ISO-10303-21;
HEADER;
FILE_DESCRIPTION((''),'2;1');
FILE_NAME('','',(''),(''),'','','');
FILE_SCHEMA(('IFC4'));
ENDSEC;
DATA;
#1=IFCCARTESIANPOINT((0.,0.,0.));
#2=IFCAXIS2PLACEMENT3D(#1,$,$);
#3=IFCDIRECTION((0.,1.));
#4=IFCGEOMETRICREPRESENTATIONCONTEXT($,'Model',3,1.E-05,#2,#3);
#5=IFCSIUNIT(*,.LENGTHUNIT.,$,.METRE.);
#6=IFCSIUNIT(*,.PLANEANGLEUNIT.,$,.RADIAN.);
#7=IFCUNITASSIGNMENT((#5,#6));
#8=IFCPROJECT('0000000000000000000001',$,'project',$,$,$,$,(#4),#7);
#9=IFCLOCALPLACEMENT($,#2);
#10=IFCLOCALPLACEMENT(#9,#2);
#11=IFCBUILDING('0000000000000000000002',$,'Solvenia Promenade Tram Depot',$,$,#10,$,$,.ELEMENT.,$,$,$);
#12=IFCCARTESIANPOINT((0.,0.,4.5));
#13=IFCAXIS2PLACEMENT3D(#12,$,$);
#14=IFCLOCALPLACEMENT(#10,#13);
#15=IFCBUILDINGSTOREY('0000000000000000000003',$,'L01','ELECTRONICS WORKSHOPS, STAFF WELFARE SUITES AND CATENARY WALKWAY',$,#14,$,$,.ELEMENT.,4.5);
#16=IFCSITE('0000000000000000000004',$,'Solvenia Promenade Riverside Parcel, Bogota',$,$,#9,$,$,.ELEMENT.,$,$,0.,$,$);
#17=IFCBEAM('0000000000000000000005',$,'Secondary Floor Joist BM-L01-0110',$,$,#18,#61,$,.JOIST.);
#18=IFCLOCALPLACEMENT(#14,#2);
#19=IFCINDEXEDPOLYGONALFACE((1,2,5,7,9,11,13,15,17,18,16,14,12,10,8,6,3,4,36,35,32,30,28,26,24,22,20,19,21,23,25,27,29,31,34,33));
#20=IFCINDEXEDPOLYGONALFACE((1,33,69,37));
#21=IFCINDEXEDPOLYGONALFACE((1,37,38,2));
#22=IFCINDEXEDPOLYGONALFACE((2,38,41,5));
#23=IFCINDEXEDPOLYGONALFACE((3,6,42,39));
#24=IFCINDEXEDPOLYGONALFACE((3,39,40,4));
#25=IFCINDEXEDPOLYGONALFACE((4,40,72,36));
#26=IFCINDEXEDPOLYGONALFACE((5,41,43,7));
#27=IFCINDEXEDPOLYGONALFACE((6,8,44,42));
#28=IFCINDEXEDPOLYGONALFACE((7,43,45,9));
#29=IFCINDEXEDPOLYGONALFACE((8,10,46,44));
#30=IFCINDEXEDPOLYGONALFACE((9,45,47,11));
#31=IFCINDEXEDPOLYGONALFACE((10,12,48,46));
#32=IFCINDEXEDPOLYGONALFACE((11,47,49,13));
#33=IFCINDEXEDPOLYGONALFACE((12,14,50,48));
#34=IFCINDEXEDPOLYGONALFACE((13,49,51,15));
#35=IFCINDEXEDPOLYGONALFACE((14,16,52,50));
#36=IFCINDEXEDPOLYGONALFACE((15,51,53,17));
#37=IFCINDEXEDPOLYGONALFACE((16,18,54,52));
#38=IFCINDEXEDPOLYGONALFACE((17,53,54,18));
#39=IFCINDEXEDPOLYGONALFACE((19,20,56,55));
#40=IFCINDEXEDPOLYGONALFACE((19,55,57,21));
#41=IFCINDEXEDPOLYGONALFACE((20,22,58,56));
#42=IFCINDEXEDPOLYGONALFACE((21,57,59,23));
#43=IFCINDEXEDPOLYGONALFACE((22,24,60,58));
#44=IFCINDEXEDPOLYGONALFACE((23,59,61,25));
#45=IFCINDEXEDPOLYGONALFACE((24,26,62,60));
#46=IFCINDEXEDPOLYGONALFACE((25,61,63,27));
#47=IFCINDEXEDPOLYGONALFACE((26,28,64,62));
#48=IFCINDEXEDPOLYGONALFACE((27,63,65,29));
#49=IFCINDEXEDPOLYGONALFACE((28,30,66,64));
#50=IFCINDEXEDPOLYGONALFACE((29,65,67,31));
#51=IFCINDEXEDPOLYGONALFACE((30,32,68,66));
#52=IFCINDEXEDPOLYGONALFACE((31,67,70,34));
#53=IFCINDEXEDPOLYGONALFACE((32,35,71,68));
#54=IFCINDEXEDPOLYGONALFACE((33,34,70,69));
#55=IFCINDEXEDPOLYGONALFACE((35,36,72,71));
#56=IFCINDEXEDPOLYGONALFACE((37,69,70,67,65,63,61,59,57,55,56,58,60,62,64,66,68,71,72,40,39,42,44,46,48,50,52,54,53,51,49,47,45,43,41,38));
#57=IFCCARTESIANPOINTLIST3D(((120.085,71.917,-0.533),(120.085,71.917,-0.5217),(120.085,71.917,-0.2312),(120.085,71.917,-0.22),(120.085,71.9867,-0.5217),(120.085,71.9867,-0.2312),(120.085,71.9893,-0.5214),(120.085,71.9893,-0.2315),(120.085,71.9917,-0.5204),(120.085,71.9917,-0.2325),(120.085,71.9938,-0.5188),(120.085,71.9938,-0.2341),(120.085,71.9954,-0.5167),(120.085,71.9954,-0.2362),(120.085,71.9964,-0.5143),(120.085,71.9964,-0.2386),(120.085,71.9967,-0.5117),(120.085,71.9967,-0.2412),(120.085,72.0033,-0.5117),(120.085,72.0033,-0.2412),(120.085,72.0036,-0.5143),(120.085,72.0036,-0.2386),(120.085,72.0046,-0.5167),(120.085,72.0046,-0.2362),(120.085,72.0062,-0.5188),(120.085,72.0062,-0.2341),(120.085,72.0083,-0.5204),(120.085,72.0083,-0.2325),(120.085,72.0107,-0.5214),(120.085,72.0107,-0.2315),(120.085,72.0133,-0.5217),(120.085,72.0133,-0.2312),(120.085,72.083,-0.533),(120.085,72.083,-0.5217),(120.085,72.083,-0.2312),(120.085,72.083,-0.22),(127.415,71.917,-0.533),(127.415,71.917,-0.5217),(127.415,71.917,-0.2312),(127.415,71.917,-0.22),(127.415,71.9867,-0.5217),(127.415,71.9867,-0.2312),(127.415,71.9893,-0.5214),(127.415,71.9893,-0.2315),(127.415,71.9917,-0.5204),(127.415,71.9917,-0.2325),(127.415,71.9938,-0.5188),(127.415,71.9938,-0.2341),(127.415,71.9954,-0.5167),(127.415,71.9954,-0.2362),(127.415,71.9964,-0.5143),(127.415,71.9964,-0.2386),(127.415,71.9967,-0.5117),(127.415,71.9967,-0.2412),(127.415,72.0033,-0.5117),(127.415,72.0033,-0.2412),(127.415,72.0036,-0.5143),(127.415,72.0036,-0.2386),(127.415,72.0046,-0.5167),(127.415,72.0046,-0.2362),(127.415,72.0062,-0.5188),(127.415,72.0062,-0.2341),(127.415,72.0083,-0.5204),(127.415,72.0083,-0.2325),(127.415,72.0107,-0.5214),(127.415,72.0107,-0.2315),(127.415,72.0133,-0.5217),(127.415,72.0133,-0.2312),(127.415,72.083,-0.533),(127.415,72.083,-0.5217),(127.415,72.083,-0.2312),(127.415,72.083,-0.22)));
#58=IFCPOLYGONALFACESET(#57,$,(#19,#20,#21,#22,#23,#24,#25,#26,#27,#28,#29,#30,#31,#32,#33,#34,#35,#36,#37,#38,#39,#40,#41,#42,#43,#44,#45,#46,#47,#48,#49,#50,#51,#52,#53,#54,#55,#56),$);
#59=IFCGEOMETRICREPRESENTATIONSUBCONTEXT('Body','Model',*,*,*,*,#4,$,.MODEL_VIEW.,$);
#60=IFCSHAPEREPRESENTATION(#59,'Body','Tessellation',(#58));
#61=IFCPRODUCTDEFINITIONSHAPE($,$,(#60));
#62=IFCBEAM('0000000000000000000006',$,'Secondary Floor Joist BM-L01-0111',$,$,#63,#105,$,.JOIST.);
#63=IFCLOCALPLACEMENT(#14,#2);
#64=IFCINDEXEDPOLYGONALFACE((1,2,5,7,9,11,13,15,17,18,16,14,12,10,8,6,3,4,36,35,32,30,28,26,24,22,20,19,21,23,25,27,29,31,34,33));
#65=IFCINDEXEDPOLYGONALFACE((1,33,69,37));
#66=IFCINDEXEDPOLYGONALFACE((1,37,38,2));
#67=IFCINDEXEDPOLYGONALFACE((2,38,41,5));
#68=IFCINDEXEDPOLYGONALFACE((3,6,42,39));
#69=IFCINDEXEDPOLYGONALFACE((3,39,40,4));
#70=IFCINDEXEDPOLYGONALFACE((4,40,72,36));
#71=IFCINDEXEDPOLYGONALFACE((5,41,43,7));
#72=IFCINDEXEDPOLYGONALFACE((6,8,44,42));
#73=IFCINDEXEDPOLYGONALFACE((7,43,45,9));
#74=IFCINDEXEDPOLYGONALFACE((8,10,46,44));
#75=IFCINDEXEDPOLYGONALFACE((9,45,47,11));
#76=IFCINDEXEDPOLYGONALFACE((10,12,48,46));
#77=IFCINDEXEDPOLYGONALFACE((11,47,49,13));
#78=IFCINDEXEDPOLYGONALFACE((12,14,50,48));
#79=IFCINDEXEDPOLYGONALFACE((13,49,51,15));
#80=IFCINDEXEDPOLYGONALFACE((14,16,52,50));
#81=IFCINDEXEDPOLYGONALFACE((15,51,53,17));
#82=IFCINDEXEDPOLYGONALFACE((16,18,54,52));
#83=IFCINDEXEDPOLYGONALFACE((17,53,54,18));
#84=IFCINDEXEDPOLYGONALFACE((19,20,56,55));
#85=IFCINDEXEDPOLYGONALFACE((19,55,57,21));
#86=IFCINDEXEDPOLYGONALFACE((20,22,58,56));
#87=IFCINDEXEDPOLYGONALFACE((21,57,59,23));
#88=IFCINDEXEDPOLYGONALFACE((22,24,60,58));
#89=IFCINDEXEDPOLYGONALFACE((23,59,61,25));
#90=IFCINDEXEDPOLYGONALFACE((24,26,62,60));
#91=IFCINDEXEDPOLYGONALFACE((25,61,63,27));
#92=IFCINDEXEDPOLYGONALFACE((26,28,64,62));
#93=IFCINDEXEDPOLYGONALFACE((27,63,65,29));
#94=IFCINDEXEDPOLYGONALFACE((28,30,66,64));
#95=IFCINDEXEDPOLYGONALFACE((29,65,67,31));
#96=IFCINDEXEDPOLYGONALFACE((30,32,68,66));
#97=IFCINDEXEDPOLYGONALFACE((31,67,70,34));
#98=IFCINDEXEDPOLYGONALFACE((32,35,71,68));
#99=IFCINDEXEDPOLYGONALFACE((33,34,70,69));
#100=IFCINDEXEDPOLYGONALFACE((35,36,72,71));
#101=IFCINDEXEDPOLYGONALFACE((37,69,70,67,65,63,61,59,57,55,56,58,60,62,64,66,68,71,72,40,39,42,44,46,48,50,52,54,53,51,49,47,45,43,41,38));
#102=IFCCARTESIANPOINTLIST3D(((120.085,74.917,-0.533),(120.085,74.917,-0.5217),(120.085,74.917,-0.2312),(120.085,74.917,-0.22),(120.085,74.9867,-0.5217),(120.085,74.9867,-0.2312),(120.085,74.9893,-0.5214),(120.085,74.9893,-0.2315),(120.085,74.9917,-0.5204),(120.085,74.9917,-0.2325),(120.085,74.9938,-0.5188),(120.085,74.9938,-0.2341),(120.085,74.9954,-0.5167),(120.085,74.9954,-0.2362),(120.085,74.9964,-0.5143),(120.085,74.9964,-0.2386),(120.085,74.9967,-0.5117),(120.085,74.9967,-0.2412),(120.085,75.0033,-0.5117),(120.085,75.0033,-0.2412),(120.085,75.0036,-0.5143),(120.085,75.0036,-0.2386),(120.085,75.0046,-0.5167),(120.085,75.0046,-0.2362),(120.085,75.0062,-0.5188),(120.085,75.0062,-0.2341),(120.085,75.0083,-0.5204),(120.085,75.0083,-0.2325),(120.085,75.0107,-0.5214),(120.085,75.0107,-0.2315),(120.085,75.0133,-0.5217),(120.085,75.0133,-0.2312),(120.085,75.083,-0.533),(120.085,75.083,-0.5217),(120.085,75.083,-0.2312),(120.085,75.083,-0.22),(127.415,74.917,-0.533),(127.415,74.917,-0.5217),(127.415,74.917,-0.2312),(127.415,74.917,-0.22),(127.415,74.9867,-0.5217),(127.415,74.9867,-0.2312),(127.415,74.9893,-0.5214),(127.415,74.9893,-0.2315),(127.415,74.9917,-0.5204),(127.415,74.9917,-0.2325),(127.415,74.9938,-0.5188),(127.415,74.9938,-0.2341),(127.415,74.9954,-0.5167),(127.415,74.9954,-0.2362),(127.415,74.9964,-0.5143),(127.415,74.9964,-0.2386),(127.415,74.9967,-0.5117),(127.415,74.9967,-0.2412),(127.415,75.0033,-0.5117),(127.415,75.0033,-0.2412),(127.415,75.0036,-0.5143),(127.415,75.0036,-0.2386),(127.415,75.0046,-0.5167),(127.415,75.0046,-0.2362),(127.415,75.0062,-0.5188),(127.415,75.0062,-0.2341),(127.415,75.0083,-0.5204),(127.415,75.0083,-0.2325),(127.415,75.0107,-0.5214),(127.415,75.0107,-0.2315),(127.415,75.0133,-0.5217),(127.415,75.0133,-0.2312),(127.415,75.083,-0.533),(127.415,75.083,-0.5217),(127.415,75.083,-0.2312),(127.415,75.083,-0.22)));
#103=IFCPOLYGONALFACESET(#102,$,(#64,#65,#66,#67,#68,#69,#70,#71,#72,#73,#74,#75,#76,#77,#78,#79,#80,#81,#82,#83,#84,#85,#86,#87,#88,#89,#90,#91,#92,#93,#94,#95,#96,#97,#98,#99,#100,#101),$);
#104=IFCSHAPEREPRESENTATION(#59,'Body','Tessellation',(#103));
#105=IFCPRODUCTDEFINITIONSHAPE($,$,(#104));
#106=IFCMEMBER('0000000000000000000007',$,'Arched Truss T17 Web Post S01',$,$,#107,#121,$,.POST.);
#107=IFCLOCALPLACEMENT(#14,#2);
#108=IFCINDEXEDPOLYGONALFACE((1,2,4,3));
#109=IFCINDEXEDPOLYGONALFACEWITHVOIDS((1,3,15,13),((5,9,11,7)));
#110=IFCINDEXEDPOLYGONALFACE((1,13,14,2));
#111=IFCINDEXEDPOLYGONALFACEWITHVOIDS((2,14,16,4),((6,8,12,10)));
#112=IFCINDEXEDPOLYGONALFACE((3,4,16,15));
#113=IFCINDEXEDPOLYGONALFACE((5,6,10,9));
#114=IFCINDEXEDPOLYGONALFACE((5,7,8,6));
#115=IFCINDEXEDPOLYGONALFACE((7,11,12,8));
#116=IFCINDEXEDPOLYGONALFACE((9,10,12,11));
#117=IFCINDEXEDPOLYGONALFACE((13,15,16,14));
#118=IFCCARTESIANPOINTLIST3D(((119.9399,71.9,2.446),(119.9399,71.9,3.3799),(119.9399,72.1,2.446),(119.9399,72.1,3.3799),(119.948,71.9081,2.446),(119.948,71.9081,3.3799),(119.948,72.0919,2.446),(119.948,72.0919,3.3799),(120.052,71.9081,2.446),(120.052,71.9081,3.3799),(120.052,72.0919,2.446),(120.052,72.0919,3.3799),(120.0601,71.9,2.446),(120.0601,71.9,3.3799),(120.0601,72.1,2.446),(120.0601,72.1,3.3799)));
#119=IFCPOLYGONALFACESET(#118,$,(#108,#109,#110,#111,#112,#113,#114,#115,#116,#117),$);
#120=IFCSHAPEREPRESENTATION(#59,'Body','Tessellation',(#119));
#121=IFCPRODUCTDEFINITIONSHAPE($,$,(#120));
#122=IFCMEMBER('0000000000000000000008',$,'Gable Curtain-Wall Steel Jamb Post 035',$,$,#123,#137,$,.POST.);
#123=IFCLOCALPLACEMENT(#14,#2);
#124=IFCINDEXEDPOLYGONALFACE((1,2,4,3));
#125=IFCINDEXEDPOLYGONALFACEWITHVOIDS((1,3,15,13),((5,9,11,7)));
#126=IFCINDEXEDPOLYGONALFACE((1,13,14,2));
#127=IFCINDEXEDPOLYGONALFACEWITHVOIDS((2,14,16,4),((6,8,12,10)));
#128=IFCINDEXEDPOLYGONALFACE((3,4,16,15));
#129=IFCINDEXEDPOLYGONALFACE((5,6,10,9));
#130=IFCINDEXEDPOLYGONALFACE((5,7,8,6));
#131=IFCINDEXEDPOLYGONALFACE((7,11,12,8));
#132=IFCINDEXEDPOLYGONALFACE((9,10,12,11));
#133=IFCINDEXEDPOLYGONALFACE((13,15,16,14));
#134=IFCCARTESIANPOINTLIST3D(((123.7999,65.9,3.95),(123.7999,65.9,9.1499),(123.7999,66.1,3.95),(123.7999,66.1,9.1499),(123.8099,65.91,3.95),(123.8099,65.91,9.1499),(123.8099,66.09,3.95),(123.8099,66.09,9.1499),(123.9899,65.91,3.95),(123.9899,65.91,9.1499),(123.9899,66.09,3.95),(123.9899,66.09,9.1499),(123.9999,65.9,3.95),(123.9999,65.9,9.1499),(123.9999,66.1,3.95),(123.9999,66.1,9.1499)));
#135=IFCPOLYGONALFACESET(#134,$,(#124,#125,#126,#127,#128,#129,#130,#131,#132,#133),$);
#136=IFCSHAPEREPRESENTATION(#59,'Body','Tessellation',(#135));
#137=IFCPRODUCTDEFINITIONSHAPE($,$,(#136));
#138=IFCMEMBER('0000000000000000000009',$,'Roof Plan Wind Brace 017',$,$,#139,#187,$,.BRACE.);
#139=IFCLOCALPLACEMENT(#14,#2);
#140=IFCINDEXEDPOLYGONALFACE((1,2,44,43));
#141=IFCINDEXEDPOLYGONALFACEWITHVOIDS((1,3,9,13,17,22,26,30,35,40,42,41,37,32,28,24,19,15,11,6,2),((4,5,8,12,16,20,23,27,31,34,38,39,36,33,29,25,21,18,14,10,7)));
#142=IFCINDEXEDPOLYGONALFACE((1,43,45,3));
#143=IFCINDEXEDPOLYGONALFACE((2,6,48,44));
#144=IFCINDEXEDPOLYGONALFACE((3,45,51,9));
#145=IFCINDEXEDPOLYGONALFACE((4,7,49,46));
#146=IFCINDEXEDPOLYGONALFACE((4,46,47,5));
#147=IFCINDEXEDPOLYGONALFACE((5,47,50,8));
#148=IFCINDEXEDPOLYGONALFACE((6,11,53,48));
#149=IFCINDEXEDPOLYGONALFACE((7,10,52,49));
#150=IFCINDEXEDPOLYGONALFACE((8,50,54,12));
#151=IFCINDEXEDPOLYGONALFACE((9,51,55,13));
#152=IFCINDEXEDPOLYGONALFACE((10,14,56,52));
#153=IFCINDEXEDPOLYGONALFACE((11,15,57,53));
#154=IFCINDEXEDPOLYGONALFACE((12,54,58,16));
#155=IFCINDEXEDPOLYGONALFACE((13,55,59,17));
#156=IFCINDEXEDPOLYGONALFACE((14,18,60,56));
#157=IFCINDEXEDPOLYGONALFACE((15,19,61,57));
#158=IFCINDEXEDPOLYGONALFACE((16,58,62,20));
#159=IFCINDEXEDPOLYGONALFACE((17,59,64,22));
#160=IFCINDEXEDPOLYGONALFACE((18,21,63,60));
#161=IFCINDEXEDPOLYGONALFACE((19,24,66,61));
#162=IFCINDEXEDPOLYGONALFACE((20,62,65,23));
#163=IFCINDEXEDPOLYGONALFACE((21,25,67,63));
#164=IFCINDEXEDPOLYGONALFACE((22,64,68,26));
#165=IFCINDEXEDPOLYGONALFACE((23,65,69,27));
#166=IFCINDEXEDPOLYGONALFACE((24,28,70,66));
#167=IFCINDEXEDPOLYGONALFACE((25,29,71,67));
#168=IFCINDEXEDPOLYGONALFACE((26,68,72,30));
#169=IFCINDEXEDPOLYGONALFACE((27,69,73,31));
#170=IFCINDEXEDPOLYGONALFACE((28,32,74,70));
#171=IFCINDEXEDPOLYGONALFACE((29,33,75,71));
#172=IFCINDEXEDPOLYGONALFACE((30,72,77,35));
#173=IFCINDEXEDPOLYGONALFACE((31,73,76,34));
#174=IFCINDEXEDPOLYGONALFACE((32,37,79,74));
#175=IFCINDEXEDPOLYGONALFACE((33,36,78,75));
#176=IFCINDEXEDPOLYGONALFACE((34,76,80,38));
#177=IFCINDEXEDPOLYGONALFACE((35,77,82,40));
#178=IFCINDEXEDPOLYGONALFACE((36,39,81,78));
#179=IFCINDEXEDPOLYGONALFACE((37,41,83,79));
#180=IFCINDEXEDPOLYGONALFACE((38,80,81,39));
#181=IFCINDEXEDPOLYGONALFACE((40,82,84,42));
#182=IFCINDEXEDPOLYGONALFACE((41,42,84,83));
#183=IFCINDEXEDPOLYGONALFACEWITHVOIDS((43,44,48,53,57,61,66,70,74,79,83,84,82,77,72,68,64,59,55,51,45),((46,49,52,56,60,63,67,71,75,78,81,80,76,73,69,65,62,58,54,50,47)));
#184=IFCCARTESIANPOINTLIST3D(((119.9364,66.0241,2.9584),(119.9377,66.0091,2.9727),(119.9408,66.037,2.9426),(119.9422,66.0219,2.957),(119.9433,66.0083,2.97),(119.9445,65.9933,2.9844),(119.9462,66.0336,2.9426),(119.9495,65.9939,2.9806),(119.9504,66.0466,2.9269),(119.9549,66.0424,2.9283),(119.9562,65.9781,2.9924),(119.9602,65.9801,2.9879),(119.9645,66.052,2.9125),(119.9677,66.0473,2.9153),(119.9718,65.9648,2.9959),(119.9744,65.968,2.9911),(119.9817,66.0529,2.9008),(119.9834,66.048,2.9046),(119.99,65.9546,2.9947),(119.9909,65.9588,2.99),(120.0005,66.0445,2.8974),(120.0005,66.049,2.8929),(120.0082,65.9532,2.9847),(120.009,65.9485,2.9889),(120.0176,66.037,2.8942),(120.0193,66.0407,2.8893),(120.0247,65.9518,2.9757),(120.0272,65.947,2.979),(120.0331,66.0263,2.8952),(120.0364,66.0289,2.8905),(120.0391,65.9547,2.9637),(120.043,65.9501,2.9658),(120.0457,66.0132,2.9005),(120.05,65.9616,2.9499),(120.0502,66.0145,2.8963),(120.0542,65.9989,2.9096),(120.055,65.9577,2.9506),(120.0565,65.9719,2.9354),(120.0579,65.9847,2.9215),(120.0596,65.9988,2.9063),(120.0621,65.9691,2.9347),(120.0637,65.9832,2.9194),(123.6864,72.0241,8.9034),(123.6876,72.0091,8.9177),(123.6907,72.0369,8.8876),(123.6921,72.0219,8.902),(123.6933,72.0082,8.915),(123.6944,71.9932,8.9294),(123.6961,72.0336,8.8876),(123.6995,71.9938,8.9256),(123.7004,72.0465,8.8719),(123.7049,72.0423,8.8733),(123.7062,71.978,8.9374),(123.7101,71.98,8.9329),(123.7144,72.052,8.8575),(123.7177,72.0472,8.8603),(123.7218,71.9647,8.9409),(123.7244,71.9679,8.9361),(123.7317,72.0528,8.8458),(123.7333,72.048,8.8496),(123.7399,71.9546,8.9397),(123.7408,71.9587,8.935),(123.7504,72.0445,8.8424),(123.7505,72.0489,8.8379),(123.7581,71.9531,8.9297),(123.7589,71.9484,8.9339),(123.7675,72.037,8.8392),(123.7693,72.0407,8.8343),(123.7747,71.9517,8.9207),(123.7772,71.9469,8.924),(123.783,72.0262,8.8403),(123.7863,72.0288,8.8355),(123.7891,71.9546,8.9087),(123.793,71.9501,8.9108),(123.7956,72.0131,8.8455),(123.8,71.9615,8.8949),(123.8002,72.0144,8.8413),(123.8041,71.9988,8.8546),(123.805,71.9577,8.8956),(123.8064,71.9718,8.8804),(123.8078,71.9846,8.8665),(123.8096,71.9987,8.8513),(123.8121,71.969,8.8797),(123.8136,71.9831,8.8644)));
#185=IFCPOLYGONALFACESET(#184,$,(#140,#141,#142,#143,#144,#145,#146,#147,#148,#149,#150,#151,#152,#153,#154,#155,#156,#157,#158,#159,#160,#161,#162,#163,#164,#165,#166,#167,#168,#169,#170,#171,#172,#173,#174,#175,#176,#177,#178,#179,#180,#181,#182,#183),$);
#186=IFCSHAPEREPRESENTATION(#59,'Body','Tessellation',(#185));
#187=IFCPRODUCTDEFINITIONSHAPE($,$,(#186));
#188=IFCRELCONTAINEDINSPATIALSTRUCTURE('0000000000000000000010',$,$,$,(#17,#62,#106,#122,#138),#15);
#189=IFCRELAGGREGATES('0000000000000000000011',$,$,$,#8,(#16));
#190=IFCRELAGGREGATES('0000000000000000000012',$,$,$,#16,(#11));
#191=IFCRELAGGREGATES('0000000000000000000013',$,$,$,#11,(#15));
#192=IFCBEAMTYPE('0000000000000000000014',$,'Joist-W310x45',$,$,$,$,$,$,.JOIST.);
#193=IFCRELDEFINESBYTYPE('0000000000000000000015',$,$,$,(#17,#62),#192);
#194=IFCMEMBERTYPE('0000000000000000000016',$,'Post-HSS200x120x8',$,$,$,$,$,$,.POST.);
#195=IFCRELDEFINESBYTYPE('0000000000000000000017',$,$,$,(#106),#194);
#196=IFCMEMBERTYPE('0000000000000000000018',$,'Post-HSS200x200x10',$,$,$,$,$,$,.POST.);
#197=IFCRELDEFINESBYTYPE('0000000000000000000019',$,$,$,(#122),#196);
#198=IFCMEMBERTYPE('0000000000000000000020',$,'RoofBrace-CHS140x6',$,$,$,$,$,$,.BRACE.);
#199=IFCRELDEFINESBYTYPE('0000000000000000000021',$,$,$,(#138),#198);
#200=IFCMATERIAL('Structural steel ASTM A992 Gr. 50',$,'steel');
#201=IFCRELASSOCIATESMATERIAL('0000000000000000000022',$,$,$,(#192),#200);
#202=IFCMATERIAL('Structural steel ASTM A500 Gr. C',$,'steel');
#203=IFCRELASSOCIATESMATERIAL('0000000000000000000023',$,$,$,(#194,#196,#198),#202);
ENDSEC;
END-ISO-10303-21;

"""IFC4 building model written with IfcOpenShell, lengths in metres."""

from ifc_helpers import new_model, si_unit, direction, frame, origin, origin_2d, place, context, subcontext, project, spatial, hollow_rectangle, hollow_circle, i_section, extrude, material, material_profile, profile_set, type_object, element, save


model = new_model("IFC4")

# Units and contexts
model_context = context("Model", 3, precision=1e-05, world=origin(), true_north=direction((0.0, 1.0)))
body_context = subcontext(model_context, "Body", "Model", "MODEL_VIEW")
ifc_project = project(units=[si_unit("LENGTHUNIT", "METRE"), si_unit("PLANEANGLEUNIT", "RADIAN")], contexts=[model_context])

# Site, building, storey
site_placement = place(None, origin())
site = spatial("IfcSite", under=ifc_project, at=site_placement, Name="Solvenia Promenade Riverside Parcel, Bogota", CompositionType="ELEMENT", RefElevation=0.0)
building_placement = place(site_placement, origin())
building = spatial("IfcBuilding", under=site, at=building_placement, Name="Solvenia Promenade Tram Depot", CompositionType="ELEMENT")
storey_placement = place(building_placement, frame((0.0, 0.0, 4.5)))
storey = spatial("IfcBuildingStorey", under=building, at=storey_placement, Name="L01", Description="ELECTRONICS WORKSHOPS, STAFF WELFARE SUITES AND CATENARY WALKWAY", CompositionType="ELEMENT", Elevation=4.5)

# Shared definitions
ifc_material_1 = material(Name="Structural steel ASTM A992 Gr. 50", Category="steel")

# Shared definitions
ifc_material_2 = material(Name="Structural steel ASTM A500 Gr. C", Category="steel")

# Beams
ifc_material_profile_1 = material_profile(ifc_material_1, i_section(OverallWidth=0.166, OverallDepth=0.313, WebThickness=0.0066, FlangeThickness=0.0112, FilletRadius=0.01, at=origin_2d()), Name="W310x45", Category="steel")
ifc_profile_set_1 = profile_set([ifc_material_profile_1], Name="Structural steel ASTM A992 Gr. 50")
beam_type_1 = type_object("IfcBeamType", Name="Joist-W310x45", PredefinedType="JOIST", material=ifc_profile_set_1)
for number, where, z_axis, x_axis, name in (
    (1, (120.085, 72.0, -0.3765), (1.0, 0.0, 0.0), (0.0, 1.0, 0.0), "Secondary Floor Joist BM-L01-0110"),
    (2, (120.085, 75.0, -0.3765), (1.0, 0.0, 0.0), (0.0, 1.0, 0.0), "Secondary Floor Joist BM-L01-0111"),
):
    element("IfcBeam", number, at=place(storey_placement, frame(where, z_axis=z_axis, x_axis=x_axis)), inside=storey, type_object=beam_type_1, Name=name, PredefinedType="JOIST", context=body_context, shape_type="SweptSolid", body=[
        extrude(i_section(OverallWidth=0.166, OverallDepth=0.313, WebThickness=0.0066, FlangeThickness=0.0112, FilletRadius=0.01, at=origin_2d()), origin(), (0.0, 0.0, 1.0), 7.3301),
    ])

# Members
ifc_material_profile_2 = material_profile(ifc_material_2, hollow_rectangle(XDim=0.1201, YDim=0.2, WallThickness=0.0081, at=origin_2d()), Name="HSS200x120x8", Category="steel")
ifc_profile_set_2 = profile_set([ifc_material_profile_2], Name="Structural steel ASTM A500 Gr. C")
member_type_1 = type_object("IfcMemberType", Name="Post-HSS200x120x8", PredefinedType="POST", material=ifc_profile_set_2)
member_1_placement = place(storey_placement, frame((120.0, 72.0, 2.446), z_axis=(0.0, 0.0, 1.0), x_axis=(1.0, 0.0, 0.0)))
element("IfcMember", 3, at=member_1_placement, inside=storey, type_object=member_type_1, Name="Arched Truss T17 Web Post S01", PredefinedType="POST", context=body_context, shape_type="SweptSolid", body=[
    extrude(hollow_rectangle(XDim=0.1201, YDim=0.2, WallThickness=0.0081, at=origin_2d()), origin(), (0.0, 0.0, 1.0), 0.9338),
])
ifc_material_profile_3 = material_profile(ifc_material_2, hollow_rectangle(XDim=0.2, YDim=0.2, WallThickness=0.01, at=origin_2d()), Name="HSS200x200x10", Category="steel")
ifc_profile_set_3 = profile_set([ifc_material_profile_3], Name="Structural steel ASTM A500 Gr. C")
member_type_2 = type_object("IfcMemberType", Name="Post-HSS200x200x10", PredefinedType="POST", material=ifc_profile_set_3)
member_2_placement = place(storey_placement, frame((123.8999, 66.0, 3.95), z_axis=(0.0, 0.0, 1.0), x_axis=(1.0, 0.0, 0.0)))
element("IfcMember", 4, at=member_2_placement, inside=storey, type_object=member_type_2, Name="Gable Curtain-Wall Steel Jamb Post 035", PredefinedType="POST", context=body_context, shape_type="SweptSolid", body=[
    extrude(hollow_rectangle(XDim=0.2, YDim=0.2, WallThickness=0.01, at=origin_2d()), origin(), (0.0, 0.0, 1.0), 5.2),
])
ifc_material_profile_4 = material_profile(ifc_material_2, hollow_circle(Radius=0.0698, WallThickness=0.0063, at=origin_2d()), Name="CHS139.7x6.3", Category="steel")
ifc_profile_set_4 = profile_set([ifc_material_profile_4], Name="Structural steel ASTM A500 Gr. C")
member_type_3 = type_object("IfcMemberType", Name="RoofBrace-CHS140x6", PredefinedType="BRACE", material=ifc_profile_set_4)
member_3_placement = place(storey_placement, frame((120.0, 66.0, 2.9426), z_axis=(0.405776, 0.649241, 0.643297), x_axis=(-0.847998, 0.529999, 0.0)))
element("IfcMember", 5, at=member_3_placement, inside=storey, type_object=member_type_3, Name="Roof Plan Wind Brace 017", PredefinedType="BRACE", context=body_context, shape_type="SweptSolid", body=[
    extrude(hollow_circle(Radius=0.0698, WallThickness=0.0063, at=origin_2d()), origin(), (0.0, 0.0, 1.0), 9.2415),
])

save(model, "model.ifc")
